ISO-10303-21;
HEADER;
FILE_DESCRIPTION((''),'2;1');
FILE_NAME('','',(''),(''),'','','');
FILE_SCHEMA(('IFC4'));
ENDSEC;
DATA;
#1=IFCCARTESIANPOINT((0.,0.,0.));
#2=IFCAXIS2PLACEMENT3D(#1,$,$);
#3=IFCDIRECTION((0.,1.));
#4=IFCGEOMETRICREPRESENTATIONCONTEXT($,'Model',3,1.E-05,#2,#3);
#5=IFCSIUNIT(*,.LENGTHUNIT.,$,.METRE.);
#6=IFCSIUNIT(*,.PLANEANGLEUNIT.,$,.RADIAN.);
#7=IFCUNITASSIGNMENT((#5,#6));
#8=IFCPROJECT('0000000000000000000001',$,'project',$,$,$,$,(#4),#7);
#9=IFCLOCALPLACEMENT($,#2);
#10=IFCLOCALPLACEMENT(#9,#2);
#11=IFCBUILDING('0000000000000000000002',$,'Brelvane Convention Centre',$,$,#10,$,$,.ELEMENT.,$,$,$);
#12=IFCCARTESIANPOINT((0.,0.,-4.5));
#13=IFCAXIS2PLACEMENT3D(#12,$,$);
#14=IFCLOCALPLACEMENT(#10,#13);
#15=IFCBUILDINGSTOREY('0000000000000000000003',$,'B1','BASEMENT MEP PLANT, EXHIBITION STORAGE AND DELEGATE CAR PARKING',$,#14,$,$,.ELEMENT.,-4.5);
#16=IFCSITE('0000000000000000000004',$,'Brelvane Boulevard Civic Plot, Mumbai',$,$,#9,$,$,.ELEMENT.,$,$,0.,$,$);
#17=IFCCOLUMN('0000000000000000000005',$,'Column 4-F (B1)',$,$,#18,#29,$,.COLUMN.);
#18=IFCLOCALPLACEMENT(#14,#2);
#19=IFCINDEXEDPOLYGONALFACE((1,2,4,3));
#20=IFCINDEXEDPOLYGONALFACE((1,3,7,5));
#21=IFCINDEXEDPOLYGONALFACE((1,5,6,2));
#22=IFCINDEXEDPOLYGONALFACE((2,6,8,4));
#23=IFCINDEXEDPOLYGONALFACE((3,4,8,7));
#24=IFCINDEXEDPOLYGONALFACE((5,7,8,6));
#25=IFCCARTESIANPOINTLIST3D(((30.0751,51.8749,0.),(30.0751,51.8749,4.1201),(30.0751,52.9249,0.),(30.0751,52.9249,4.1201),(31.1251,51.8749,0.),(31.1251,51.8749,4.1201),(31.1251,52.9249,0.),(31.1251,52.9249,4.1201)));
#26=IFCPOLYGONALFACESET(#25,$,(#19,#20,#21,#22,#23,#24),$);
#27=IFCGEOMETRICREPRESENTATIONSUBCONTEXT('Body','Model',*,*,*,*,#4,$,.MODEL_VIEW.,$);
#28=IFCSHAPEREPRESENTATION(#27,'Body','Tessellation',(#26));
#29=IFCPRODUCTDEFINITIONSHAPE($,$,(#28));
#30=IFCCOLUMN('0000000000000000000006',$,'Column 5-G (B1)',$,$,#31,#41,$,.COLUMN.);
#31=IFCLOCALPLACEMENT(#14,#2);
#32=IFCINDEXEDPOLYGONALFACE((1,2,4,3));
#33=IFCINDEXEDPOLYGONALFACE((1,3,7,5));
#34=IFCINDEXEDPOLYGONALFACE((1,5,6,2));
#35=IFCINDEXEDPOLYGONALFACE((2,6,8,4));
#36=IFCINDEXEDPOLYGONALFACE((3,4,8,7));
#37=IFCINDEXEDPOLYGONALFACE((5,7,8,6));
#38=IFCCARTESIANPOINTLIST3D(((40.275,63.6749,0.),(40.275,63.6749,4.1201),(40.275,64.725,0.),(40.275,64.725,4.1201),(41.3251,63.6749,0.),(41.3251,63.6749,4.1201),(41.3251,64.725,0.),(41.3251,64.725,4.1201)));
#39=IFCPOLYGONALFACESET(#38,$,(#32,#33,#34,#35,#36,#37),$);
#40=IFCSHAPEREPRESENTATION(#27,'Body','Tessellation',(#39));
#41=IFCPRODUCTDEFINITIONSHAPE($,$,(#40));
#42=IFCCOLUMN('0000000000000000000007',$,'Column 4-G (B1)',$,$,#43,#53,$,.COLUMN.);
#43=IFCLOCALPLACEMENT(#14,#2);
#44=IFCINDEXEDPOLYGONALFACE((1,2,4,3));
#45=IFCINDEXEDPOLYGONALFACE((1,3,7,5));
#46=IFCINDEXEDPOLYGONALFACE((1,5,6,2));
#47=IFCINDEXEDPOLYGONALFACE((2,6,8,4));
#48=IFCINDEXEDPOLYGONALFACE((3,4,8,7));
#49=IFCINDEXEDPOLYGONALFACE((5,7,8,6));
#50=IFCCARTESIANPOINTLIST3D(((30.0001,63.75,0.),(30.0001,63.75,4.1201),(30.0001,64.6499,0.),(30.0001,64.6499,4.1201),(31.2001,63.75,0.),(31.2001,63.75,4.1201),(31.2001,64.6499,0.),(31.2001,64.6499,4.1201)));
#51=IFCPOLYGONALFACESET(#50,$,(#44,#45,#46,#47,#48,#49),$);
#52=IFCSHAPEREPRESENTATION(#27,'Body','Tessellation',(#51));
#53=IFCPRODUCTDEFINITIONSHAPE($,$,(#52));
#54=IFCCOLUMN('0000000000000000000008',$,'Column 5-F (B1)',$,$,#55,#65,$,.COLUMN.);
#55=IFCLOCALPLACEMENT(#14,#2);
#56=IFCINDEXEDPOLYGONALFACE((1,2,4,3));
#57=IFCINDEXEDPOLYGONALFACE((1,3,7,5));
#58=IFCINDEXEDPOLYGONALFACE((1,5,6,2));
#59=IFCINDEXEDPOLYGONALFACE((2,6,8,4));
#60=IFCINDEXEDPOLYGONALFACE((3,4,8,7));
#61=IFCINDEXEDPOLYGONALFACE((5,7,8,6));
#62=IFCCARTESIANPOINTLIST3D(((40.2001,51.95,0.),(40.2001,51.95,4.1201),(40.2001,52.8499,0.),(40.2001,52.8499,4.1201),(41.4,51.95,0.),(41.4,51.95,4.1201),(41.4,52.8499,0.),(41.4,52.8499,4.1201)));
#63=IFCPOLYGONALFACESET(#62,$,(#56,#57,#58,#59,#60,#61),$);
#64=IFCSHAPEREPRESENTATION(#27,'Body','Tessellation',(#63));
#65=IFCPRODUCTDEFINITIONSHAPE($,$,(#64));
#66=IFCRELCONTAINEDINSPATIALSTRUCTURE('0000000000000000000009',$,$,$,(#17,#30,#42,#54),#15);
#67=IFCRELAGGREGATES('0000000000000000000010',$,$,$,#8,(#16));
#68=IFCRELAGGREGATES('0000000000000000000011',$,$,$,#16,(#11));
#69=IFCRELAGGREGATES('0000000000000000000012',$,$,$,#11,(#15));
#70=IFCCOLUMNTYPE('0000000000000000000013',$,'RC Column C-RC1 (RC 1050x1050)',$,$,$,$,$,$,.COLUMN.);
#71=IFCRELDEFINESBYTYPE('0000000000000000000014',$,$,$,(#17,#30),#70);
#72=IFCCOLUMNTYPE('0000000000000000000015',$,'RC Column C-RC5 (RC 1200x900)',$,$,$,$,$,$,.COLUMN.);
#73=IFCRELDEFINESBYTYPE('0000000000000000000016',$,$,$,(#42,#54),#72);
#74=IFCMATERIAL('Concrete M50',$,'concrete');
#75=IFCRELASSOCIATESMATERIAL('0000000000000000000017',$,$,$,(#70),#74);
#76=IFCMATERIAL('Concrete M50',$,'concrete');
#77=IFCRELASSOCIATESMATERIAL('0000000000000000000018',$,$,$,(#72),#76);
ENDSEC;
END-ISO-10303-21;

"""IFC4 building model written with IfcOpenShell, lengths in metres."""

from ifc_helpers import new_model, si_unit, direction, frame, origin, origin_2d, place, context, subcontext, project, spatial, rectangle, extrude, material, material_profile, profile_set, type_object, element, save


model = new_model("IFC4")

# Units and contexts
model_context = context("Model", 3, precision=1e-05, world=origin(), true_north=direction((0.0, 1.0)))
body_context = subcontext(model_context, "Body", "Model", "MODEL_VIEW")
ifc_project = project(units=[si_unit("LENGTHUNIT", "METRE"), si_unit("PLANEANGLEUNIT", "RADIAN")], contexts=[model_context])

# Site, building, storey
site_placement = place(None, origin())
site = spatial("IfcSite", under=ifc_project, at=site_placement, Name="Brelvane Boulevard Civic Plot, Mumbai", CompositionType="ELEMENT", RefElevation=0.0)
building_placement = place(site_placement, origin())
building = spatial("IfcBuilding", under=site, at=building_placement, Name="Brelvane Convention Centre", CompositionType="ELEMENT")
storey_placement = place(building_placement, frame((0.0, 0.0, -4.5)))
storey = spatial("IfcBuildingStorey", under=building, at=storey_placement, Name="B1", Description="BASEMENT MEP PLANT, EXHIBITION STORAGE AND DELEGATE CAR PARKING", CompositionType="ELEMENT", Elevation=-4.5)

# Columns
ifc_material_1 = material(Name="Concrete M50", Category="concrete")
ifc_material_profile_1 = material_profile(ifc_material_1, rectangle(XDim=1.05, YDim=1.05, at=origin_2d()), Name="RC 1050x1050")
ifc_profile_set_1 = profile_set([ifc_material_profile_1], Name="Concrete M50")
column_type_1 = type_object("IfcColumnType", Name="RC Column C-RC1 (RC 1050x1050)", PredefinedType="COLUMN", material=ifc_profile_set_1)
for number, where, z_axis, x_axis, name in (
    (1, (30.6001, 52.3999, 0.0), (0.0, 0.0, 1.0), (1.0, 0.0, 0.0), "Column 4-F (B1)"),
    (2, (40.8, 64.2, 0.0), (0.0, 0.0, 1.0), (1.0, 0.0, 0.0), "Column 5-G (B1)"),
):
    element("IfcColumn", number, at=place(storey_placement, frame(where, z_axis=z_axis, x_axis=x_axis)), inside=storey, type_object=column_type_1, Name=name, PredefinedType="COLUMN", context=body_context, shape_type="SweptSolid", body=[
        extrude(rectangle(XDim=1.05, YDim=1.05, at=origin_2d()), origin(), (0.0, 0.0, 1.0), 4.1201),
    ])
ifc_material_2 = material(Name="Concrete M50", Category="concrete")
ifc_material_profile_2 = material_profile(ifc_material_2, rectangle(XDim=1.2, YDim=0.8999, at=origin_2d()), Name="RC 1200x900")
ifc_profile_set_2 = profile_set([ifc_material_profile_2], Name="Concrete M50")
column_type_2 = type_object("IfcColumnType", Name="RC Column C-RC5 (RC 1200x900)", PredefinedType="COLUMN", material=ifc_profile_set_2)
for number, where, z_axis, x_axis, name in (
    (3, (30.6001, 64.2, 0.0), (0.0, 0.0, 1.0), (1.0, 0.0, 0.0), "Column 4-G (B1)"),
    (4, (40.8, 52.3999, 0.0), (0.0, 0.0, 1.0), (1.0, 0.0, 0.0), "Column 5-F (B1)"),
):
    element("IfcColumn", number, at=place(storey_placement, frame(where, z_axis=z_axis, x_axis=x_axis)), inside=storey, type_object=column_type_2, Name=name, PredefinedType="COLUMN", context=body_context, shape_type="SweptSolid", body=[
        extrude(rectangle(XDim=1.2, YDim=0.8999, at=origin_2d()), origin(), (0.0, 0.0, 1.0), 4.1201),
    ])

save(model, "model.ifc")
